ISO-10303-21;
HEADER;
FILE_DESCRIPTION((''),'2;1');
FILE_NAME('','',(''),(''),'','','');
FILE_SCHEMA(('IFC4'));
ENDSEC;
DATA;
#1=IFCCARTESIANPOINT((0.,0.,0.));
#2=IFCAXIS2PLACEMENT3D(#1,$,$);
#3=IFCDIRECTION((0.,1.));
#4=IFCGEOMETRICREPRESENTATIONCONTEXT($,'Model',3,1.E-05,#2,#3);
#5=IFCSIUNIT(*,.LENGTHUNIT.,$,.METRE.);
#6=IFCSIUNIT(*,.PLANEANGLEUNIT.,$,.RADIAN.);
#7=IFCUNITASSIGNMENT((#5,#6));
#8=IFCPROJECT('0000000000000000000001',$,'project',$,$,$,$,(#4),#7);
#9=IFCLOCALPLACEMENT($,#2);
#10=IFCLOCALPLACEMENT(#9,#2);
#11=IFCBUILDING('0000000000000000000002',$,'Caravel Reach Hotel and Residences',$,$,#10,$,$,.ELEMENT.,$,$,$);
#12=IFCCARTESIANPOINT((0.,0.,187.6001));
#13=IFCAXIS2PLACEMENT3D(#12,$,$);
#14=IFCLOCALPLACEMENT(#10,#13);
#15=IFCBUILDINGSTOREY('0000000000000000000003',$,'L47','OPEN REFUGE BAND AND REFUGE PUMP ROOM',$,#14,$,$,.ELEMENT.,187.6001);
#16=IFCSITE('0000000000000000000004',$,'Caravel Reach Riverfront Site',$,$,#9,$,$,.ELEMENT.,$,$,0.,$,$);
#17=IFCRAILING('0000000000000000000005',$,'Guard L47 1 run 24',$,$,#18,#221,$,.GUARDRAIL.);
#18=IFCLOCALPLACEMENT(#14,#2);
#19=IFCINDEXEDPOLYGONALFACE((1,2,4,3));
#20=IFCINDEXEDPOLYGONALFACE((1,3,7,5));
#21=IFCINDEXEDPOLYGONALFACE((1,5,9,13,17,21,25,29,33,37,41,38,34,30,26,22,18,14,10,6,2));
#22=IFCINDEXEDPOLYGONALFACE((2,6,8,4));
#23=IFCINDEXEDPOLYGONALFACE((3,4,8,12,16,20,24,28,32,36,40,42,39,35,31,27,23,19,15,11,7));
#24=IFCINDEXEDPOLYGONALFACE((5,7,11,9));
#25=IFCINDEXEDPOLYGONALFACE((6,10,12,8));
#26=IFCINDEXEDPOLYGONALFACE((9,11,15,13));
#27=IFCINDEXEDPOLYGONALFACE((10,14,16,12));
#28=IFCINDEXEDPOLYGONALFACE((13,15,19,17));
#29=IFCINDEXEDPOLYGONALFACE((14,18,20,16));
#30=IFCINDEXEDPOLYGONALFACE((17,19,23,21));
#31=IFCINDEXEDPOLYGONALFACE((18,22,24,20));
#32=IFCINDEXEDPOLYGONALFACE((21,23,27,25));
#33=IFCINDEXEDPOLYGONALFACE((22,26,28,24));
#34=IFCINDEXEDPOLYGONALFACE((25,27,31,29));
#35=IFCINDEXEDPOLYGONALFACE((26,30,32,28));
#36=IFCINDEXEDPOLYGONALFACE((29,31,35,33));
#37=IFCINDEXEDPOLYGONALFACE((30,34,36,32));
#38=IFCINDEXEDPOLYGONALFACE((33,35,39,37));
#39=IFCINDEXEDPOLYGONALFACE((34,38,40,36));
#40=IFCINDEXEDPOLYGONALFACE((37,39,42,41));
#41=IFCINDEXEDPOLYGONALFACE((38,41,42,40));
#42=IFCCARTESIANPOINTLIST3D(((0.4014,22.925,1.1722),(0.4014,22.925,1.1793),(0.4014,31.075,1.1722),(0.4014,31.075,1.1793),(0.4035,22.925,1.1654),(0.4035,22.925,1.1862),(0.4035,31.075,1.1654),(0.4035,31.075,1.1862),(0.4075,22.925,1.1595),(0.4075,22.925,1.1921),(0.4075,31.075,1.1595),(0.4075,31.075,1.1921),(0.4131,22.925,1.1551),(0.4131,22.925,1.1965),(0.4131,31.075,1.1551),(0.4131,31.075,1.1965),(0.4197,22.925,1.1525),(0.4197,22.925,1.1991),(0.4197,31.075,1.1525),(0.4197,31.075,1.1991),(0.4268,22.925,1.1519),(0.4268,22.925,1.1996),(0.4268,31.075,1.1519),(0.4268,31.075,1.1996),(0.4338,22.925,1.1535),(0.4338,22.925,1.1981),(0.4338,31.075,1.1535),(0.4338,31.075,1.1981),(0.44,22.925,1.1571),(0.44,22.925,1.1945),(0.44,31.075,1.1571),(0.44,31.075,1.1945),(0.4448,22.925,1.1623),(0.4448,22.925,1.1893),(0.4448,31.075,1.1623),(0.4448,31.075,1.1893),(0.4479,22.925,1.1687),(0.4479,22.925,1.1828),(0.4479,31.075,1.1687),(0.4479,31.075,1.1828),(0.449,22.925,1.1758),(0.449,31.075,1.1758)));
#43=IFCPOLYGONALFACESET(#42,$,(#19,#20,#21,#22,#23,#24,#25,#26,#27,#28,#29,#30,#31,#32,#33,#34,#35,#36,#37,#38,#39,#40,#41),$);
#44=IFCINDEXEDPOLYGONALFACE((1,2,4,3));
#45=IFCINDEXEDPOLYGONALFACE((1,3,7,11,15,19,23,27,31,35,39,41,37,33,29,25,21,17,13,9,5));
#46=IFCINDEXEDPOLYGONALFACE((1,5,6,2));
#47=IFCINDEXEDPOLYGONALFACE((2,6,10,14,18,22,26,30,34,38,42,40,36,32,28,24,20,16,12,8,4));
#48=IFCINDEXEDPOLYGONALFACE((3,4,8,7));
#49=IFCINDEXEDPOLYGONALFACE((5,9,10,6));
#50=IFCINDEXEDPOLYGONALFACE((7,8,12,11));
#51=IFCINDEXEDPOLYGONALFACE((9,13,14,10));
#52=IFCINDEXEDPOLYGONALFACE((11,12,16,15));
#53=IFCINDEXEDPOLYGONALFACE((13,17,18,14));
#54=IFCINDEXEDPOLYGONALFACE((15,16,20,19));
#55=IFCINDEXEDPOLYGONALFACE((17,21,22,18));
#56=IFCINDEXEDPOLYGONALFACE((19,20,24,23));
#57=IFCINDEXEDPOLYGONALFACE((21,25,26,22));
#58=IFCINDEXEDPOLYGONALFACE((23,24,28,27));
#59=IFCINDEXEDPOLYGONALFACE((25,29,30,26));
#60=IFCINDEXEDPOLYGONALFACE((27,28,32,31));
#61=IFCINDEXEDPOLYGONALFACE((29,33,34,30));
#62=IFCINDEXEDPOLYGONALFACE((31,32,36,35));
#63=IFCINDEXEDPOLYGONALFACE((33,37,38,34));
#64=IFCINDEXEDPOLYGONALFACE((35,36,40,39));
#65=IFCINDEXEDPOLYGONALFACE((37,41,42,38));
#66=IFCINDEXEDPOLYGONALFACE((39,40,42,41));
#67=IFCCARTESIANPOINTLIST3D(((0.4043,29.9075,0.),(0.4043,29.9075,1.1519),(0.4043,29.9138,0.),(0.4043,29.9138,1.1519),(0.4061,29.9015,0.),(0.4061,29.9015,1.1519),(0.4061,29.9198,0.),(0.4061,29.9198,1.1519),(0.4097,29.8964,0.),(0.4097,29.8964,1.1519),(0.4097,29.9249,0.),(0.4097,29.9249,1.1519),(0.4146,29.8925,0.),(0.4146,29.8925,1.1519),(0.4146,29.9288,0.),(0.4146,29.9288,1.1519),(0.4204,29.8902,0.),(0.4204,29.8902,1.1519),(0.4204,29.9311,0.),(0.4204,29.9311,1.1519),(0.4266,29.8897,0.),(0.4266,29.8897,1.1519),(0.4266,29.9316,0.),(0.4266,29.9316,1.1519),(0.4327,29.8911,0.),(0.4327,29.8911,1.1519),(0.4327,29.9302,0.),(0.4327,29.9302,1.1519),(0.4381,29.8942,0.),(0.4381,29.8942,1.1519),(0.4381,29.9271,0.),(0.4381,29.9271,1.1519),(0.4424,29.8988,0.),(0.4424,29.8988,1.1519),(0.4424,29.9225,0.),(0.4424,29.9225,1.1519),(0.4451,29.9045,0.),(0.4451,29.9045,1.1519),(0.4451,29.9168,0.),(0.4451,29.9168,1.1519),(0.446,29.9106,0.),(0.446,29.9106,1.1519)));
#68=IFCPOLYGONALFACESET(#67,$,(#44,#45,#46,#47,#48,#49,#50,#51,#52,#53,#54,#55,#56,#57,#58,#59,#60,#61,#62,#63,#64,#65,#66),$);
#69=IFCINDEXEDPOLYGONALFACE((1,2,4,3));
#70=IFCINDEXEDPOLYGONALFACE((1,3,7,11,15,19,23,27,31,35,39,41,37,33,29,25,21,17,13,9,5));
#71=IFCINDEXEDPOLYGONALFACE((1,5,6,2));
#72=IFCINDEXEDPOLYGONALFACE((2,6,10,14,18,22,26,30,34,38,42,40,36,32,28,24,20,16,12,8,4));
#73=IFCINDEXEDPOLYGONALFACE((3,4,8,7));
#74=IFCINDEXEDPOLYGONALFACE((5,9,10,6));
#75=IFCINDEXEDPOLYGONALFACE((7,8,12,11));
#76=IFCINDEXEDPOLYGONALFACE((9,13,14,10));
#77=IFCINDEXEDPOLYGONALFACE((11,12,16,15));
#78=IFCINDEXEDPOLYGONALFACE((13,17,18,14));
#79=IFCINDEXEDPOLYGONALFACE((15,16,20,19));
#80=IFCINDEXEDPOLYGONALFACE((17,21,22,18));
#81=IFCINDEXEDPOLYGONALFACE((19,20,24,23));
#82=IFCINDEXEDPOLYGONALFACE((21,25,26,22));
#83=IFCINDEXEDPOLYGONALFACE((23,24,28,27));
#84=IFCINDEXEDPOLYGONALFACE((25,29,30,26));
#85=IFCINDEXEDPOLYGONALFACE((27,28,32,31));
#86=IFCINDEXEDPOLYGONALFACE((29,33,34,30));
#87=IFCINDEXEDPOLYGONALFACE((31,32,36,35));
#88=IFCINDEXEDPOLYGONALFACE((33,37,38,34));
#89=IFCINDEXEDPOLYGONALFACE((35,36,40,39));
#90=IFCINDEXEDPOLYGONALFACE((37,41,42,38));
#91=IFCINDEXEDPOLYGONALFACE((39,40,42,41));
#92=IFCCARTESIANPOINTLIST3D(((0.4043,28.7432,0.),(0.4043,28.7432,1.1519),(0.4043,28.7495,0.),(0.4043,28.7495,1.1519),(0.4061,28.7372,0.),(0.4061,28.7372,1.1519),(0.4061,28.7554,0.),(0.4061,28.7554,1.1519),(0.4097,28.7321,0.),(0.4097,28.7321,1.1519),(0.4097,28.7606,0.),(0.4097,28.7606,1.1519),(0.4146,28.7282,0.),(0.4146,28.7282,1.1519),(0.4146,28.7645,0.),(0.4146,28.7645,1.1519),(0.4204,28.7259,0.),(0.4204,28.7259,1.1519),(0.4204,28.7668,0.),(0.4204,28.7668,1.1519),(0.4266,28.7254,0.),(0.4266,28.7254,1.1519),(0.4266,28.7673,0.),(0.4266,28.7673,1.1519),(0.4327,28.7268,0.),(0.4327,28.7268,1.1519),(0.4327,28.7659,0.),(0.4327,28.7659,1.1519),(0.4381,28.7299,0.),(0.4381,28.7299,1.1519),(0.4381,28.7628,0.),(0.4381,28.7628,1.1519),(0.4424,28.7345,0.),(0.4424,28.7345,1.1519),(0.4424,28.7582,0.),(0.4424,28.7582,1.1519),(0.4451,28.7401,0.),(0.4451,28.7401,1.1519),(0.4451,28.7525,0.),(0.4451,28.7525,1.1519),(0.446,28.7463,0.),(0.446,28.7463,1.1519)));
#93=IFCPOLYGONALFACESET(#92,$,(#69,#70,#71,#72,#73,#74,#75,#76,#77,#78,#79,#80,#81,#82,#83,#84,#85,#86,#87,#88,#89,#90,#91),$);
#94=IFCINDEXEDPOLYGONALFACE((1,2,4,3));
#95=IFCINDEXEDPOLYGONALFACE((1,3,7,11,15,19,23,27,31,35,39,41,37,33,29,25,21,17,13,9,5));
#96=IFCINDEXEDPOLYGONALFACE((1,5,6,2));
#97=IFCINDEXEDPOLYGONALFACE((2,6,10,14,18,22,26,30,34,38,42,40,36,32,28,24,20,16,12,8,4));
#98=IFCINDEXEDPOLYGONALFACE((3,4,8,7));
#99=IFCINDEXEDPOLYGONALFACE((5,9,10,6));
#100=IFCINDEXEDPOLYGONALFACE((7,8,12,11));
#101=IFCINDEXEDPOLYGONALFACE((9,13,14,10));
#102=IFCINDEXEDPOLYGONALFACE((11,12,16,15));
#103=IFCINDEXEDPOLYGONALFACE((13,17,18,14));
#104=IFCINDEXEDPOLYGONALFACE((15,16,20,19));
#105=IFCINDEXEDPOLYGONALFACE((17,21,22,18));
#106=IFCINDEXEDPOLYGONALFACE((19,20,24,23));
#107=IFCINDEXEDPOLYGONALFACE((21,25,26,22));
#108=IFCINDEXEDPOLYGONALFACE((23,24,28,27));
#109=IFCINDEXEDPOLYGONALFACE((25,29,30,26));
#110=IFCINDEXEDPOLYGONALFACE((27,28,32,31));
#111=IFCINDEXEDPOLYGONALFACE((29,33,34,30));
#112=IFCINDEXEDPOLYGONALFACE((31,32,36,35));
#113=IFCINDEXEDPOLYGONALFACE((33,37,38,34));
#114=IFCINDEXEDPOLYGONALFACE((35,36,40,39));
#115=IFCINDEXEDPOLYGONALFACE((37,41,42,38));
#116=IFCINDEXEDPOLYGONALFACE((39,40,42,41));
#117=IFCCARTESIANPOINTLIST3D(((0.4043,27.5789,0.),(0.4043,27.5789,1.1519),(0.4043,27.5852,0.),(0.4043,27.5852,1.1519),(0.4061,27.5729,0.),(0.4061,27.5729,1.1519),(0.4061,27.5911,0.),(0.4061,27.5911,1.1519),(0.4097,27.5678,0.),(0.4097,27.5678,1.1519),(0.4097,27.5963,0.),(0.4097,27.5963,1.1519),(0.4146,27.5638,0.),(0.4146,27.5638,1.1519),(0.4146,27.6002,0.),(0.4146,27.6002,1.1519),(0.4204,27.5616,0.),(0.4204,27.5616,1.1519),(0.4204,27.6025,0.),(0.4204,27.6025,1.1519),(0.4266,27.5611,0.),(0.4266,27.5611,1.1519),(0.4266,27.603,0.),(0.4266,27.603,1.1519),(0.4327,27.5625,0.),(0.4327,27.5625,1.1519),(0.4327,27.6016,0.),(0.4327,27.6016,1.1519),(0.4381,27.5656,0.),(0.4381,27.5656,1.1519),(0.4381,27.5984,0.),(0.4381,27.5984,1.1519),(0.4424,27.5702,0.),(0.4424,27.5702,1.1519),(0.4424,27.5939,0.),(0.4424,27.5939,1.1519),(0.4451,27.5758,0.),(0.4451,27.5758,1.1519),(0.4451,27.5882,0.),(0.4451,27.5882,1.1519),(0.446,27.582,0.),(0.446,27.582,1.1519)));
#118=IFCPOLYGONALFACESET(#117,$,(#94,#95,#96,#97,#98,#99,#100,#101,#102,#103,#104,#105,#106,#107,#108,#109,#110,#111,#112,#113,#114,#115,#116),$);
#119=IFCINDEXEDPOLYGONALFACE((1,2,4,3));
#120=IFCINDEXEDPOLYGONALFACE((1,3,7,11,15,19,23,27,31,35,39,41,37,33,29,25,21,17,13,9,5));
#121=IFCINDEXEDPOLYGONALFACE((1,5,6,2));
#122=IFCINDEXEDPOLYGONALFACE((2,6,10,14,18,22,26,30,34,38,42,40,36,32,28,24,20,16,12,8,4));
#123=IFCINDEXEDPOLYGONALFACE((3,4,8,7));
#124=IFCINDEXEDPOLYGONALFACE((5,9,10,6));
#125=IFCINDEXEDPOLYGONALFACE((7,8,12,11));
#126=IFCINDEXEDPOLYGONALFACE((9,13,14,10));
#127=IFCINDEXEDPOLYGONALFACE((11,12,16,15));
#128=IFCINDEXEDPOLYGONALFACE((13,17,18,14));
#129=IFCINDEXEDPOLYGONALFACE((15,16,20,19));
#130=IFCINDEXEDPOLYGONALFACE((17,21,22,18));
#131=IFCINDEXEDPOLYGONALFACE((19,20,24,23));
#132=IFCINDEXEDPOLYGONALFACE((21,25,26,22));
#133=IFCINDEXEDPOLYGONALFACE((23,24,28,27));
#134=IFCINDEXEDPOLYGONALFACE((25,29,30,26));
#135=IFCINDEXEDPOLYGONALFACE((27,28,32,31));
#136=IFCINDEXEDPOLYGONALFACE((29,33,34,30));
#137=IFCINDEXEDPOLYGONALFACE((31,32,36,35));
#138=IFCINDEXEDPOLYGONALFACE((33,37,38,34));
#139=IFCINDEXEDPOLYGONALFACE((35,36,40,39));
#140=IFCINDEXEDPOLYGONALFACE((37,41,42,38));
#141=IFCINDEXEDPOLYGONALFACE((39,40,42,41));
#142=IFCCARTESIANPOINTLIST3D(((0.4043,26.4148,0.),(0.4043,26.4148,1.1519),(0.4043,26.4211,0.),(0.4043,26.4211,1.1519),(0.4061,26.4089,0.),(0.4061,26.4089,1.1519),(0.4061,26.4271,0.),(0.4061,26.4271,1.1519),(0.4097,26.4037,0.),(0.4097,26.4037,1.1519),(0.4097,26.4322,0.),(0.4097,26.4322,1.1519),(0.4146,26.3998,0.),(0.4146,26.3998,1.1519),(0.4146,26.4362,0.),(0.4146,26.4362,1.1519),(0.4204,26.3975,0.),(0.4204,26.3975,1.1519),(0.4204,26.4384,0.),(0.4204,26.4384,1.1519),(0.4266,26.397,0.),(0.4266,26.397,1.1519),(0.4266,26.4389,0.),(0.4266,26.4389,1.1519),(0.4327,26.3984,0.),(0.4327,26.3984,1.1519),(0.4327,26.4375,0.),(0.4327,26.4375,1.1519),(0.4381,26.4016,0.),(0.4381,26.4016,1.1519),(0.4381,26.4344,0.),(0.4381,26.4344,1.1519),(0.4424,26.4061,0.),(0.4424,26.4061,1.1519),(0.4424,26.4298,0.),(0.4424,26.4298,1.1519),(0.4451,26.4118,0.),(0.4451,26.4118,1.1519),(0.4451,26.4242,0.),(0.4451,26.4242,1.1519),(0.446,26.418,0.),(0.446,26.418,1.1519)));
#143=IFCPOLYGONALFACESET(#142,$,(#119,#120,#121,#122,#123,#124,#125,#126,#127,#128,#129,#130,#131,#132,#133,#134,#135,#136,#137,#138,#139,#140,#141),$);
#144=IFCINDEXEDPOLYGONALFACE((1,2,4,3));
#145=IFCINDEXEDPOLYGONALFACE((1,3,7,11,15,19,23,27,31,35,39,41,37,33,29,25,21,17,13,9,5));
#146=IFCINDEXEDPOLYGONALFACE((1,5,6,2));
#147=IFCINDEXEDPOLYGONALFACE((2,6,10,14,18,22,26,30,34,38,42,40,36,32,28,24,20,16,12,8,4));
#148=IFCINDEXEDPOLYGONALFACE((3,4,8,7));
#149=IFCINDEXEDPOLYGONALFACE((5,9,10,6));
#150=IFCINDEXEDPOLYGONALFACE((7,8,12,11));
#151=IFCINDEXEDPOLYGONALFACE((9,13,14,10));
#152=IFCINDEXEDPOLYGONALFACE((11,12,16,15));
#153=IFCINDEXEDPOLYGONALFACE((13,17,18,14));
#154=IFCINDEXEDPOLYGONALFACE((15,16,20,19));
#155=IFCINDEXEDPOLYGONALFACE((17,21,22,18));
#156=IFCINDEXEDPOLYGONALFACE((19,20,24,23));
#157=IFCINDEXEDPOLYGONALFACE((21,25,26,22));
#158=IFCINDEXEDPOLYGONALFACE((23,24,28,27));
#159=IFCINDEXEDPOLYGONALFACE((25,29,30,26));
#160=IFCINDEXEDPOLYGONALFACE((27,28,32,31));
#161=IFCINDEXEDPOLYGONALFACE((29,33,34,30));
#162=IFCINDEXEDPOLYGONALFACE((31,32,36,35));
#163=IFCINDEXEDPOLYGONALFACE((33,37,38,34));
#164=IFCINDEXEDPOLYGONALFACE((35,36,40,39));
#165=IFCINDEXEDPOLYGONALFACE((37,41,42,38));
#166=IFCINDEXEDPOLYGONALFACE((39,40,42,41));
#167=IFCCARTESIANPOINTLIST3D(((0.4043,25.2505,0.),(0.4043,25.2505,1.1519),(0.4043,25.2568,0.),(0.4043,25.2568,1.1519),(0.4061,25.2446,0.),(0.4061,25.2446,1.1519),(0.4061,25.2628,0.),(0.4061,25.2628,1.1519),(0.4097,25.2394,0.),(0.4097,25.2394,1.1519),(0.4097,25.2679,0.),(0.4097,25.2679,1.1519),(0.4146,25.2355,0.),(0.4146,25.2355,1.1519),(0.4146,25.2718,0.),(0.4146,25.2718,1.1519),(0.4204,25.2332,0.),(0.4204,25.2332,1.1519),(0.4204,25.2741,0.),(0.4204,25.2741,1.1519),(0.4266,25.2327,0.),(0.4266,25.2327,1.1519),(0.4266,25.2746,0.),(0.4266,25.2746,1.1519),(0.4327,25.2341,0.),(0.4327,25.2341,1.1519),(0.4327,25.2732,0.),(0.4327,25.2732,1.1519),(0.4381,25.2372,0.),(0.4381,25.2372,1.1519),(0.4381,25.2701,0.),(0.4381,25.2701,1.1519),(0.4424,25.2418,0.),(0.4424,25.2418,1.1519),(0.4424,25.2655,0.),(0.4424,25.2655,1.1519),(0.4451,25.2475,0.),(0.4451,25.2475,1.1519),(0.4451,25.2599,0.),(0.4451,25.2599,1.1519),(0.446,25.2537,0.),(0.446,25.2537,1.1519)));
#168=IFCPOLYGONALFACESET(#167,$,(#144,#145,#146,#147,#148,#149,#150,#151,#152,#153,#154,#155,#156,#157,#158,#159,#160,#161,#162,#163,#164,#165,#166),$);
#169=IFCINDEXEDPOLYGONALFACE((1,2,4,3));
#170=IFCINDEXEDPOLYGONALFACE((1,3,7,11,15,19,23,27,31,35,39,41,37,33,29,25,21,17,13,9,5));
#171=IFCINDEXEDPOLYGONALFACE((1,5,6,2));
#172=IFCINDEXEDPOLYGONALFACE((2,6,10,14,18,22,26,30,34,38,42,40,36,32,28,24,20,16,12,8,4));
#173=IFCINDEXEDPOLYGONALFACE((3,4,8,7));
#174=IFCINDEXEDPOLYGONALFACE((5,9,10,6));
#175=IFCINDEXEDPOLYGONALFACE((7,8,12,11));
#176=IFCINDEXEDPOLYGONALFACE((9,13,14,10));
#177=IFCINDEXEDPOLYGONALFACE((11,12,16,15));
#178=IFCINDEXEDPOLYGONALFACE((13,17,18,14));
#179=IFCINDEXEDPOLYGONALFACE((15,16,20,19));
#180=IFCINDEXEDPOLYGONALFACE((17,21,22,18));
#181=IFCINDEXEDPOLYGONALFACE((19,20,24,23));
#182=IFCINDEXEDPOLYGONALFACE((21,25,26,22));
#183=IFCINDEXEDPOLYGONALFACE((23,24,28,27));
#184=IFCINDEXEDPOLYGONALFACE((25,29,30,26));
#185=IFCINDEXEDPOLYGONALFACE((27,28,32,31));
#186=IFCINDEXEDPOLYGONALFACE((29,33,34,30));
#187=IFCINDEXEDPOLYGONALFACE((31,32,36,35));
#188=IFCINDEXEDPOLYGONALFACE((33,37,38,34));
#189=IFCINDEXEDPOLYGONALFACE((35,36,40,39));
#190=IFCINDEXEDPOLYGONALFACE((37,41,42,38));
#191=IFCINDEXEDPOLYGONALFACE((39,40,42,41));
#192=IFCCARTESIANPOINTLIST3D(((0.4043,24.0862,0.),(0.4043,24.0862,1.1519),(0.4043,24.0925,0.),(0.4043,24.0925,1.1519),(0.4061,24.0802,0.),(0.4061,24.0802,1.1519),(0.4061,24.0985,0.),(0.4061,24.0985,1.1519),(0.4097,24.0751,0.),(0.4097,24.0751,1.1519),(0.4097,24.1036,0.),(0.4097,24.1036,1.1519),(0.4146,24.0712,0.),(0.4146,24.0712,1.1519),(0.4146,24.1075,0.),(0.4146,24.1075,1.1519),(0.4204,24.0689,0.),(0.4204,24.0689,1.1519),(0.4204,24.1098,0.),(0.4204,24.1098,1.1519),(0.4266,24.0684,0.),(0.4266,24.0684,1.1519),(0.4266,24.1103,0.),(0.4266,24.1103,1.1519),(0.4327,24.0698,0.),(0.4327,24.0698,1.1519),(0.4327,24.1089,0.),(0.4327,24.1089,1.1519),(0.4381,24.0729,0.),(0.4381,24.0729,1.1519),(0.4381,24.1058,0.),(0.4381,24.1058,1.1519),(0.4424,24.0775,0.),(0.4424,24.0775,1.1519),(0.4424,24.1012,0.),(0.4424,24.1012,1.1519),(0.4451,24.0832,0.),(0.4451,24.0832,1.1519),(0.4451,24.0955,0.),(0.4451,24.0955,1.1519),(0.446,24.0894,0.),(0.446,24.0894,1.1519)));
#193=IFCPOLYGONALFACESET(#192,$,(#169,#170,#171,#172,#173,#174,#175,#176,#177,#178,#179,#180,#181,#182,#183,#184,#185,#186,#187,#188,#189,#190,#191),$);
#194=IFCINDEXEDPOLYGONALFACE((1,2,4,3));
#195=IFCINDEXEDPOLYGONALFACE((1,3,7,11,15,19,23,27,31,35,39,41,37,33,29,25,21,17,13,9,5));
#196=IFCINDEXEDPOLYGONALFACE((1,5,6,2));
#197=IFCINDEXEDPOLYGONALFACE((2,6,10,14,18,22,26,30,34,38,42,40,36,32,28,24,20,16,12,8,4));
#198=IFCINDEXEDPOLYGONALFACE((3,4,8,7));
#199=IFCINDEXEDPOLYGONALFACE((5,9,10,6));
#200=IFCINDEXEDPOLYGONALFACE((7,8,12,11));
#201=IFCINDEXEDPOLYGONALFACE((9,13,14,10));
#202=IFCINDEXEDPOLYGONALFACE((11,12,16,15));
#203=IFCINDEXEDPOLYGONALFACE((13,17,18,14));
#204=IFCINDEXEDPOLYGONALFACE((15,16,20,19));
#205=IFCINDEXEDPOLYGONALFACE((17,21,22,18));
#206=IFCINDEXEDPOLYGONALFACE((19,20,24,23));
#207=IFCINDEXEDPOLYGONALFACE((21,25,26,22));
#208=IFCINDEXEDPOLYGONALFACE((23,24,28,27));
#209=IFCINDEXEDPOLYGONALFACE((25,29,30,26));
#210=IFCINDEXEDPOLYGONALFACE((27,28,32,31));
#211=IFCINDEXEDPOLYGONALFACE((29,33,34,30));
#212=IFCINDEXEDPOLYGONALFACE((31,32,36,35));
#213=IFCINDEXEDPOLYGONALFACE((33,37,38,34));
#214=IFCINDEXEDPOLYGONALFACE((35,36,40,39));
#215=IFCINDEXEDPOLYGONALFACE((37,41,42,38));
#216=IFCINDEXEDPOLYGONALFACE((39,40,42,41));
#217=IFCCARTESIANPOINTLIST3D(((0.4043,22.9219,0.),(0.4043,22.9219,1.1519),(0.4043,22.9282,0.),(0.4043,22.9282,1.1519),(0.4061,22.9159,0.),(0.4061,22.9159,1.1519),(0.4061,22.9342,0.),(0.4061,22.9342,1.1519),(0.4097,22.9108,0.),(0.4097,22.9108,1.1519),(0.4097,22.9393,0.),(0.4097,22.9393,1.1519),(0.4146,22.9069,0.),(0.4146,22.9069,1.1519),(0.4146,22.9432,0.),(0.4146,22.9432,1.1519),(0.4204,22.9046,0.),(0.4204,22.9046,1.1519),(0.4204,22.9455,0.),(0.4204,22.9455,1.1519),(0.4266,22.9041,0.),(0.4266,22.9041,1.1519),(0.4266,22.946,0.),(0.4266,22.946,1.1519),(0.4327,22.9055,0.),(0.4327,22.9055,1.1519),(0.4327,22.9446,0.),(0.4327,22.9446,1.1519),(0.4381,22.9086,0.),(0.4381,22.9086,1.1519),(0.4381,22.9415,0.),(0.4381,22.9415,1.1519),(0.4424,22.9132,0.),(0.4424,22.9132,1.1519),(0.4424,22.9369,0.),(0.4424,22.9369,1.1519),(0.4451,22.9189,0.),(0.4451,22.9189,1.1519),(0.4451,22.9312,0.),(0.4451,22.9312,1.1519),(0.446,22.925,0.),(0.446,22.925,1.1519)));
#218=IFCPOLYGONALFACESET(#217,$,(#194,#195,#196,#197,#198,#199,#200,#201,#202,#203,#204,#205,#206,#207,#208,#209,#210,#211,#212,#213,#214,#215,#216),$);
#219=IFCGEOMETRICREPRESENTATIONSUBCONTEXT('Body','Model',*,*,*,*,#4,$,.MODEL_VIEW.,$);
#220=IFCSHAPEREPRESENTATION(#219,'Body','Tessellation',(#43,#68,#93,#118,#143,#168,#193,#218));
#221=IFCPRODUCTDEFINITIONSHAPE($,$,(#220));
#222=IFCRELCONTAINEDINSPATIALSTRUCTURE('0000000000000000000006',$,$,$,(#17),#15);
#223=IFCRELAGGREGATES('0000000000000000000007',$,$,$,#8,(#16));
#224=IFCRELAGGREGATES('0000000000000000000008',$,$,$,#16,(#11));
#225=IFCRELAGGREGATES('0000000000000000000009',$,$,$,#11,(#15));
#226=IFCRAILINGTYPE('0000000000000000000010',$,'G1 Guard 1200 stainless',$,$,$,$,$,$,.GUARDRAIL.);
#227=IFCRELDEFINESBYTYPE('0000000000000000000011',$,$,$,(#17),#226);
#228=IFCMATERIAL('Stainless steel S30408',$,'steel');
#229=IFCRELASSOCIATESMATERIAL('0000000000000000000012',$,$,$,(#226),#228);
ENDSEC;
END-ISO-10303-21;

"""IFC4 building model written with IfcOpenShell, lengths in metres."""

from ifc_helpers import new_model, si_unit, direction, frame, origin, origin_2d, place, context, subcontext, project, spatial, circle, extrude, material, type_object, element, save


model = new_model("IFC4")

# Units and contexts
model_context = context("Model", 3, precision=1e-05, world=origin(), true_north=direction((0.0, 1.0)))
body_context = subcontext(model_context, "Body", "Model", "MODEL_VIEW")
ifc_project = project(units=[si_unit("LENGTHUNIT", "METRE"), si_unit("PLANEANGLEUNIT", "RADIAN")], contexts=[model_context])

# Site, building, storey
site_placement = place(None, origin())
site = spatial("IfcSite", under=ifc_project, at=site_placement, Name="Caravel Reach Riverfront Site", CompositionType="ELEMENT", RefElevation=0.0)
building_placement = place(site_placement, origin())
building = spatial("IfcBuilding", under=site, at=building_placement, Name="Caravel Reach Hotel and Residences", CompositionType="ELEMENT")
storey_placement = place(building_placement, frame((0.0, 0.0, 187.6001)))
storey = spatial("IfcBuildingStorey", under=building, at=storey_placement, Name="L47", Description="OPEN REFUGE BAND AND REFUGE PUMP ROOM", CompositionType="ELEMENT", Elevation=187.6001)

# Railing
ifc_material_1 = material(Name="Stainless steel S30408", Category="steel")
railing_type = type_object("IfcRailingType", Name="G1 Guard 1200 stainless", PredefinedType="GUARDRAIL", material=ifc_material_1)
railing_1_placement = place(storey_placement, frame((0.425, 31.075, 0.0)))
element("IfcRailing", 1, at=railing_1_placement, inside=storey, type_object=railing_type, Name="Guard L47 1 run 24", PredefinedType="GUARDRAIL", context=body_context, shape_type="SweptSolid", body=[
    extrude(circle(Radius=0.0239, at=origin_2d()), frame((0.0, 0.0, 1.1758), z_axis=(0.0, -1.0, 0.0), x_axis=(1.0, 0.0, 0.0)), (0.0, 0.0, 1.0), 8.1499),
    extrude(circle(Radius=0.021, at=origin_2d()), frame((0.0, -1.1643, 0.0)), (0.0, 0.0, 1.0), 1.1519),
    extrude(circle(Radius=0.021, at=origin_2d()), frame((0.0, -2.3286, 0.0)), (0.0, 0.0, 1.0), 1.1519),
    extrude(circle(Radius=0.021, at=origin_2d()), frame((0.0, -3.4929, 0.0)), (0.0, 0.0, 1.0), 1.1519),
    extrude(circle(Radius=0.021, at=origin_2d()), frame((0.0, -4.657, 0.0)), (0.0, 0.0, 1.0), 1.1519),
    extrude(circle(Radius=0.021, at=origin_2d()), frame((0.0, -5.8213, 0.0)), (0.0, 0.0, 1.0), 1.1519),
    extrude(circle(Radius=0.021, at=origin_2d()), frame((0.0, -6.9856, 0.0)), (0.0, 0.0, 1.0), 1.1519),
    extrude(circle(Radius=0.021, at=origin_2d()), frame((0.0, -8.1499, 0.0)), (0.0, 0.0, 1.0), 1.1519),
])

save(model, "model.ifc")
